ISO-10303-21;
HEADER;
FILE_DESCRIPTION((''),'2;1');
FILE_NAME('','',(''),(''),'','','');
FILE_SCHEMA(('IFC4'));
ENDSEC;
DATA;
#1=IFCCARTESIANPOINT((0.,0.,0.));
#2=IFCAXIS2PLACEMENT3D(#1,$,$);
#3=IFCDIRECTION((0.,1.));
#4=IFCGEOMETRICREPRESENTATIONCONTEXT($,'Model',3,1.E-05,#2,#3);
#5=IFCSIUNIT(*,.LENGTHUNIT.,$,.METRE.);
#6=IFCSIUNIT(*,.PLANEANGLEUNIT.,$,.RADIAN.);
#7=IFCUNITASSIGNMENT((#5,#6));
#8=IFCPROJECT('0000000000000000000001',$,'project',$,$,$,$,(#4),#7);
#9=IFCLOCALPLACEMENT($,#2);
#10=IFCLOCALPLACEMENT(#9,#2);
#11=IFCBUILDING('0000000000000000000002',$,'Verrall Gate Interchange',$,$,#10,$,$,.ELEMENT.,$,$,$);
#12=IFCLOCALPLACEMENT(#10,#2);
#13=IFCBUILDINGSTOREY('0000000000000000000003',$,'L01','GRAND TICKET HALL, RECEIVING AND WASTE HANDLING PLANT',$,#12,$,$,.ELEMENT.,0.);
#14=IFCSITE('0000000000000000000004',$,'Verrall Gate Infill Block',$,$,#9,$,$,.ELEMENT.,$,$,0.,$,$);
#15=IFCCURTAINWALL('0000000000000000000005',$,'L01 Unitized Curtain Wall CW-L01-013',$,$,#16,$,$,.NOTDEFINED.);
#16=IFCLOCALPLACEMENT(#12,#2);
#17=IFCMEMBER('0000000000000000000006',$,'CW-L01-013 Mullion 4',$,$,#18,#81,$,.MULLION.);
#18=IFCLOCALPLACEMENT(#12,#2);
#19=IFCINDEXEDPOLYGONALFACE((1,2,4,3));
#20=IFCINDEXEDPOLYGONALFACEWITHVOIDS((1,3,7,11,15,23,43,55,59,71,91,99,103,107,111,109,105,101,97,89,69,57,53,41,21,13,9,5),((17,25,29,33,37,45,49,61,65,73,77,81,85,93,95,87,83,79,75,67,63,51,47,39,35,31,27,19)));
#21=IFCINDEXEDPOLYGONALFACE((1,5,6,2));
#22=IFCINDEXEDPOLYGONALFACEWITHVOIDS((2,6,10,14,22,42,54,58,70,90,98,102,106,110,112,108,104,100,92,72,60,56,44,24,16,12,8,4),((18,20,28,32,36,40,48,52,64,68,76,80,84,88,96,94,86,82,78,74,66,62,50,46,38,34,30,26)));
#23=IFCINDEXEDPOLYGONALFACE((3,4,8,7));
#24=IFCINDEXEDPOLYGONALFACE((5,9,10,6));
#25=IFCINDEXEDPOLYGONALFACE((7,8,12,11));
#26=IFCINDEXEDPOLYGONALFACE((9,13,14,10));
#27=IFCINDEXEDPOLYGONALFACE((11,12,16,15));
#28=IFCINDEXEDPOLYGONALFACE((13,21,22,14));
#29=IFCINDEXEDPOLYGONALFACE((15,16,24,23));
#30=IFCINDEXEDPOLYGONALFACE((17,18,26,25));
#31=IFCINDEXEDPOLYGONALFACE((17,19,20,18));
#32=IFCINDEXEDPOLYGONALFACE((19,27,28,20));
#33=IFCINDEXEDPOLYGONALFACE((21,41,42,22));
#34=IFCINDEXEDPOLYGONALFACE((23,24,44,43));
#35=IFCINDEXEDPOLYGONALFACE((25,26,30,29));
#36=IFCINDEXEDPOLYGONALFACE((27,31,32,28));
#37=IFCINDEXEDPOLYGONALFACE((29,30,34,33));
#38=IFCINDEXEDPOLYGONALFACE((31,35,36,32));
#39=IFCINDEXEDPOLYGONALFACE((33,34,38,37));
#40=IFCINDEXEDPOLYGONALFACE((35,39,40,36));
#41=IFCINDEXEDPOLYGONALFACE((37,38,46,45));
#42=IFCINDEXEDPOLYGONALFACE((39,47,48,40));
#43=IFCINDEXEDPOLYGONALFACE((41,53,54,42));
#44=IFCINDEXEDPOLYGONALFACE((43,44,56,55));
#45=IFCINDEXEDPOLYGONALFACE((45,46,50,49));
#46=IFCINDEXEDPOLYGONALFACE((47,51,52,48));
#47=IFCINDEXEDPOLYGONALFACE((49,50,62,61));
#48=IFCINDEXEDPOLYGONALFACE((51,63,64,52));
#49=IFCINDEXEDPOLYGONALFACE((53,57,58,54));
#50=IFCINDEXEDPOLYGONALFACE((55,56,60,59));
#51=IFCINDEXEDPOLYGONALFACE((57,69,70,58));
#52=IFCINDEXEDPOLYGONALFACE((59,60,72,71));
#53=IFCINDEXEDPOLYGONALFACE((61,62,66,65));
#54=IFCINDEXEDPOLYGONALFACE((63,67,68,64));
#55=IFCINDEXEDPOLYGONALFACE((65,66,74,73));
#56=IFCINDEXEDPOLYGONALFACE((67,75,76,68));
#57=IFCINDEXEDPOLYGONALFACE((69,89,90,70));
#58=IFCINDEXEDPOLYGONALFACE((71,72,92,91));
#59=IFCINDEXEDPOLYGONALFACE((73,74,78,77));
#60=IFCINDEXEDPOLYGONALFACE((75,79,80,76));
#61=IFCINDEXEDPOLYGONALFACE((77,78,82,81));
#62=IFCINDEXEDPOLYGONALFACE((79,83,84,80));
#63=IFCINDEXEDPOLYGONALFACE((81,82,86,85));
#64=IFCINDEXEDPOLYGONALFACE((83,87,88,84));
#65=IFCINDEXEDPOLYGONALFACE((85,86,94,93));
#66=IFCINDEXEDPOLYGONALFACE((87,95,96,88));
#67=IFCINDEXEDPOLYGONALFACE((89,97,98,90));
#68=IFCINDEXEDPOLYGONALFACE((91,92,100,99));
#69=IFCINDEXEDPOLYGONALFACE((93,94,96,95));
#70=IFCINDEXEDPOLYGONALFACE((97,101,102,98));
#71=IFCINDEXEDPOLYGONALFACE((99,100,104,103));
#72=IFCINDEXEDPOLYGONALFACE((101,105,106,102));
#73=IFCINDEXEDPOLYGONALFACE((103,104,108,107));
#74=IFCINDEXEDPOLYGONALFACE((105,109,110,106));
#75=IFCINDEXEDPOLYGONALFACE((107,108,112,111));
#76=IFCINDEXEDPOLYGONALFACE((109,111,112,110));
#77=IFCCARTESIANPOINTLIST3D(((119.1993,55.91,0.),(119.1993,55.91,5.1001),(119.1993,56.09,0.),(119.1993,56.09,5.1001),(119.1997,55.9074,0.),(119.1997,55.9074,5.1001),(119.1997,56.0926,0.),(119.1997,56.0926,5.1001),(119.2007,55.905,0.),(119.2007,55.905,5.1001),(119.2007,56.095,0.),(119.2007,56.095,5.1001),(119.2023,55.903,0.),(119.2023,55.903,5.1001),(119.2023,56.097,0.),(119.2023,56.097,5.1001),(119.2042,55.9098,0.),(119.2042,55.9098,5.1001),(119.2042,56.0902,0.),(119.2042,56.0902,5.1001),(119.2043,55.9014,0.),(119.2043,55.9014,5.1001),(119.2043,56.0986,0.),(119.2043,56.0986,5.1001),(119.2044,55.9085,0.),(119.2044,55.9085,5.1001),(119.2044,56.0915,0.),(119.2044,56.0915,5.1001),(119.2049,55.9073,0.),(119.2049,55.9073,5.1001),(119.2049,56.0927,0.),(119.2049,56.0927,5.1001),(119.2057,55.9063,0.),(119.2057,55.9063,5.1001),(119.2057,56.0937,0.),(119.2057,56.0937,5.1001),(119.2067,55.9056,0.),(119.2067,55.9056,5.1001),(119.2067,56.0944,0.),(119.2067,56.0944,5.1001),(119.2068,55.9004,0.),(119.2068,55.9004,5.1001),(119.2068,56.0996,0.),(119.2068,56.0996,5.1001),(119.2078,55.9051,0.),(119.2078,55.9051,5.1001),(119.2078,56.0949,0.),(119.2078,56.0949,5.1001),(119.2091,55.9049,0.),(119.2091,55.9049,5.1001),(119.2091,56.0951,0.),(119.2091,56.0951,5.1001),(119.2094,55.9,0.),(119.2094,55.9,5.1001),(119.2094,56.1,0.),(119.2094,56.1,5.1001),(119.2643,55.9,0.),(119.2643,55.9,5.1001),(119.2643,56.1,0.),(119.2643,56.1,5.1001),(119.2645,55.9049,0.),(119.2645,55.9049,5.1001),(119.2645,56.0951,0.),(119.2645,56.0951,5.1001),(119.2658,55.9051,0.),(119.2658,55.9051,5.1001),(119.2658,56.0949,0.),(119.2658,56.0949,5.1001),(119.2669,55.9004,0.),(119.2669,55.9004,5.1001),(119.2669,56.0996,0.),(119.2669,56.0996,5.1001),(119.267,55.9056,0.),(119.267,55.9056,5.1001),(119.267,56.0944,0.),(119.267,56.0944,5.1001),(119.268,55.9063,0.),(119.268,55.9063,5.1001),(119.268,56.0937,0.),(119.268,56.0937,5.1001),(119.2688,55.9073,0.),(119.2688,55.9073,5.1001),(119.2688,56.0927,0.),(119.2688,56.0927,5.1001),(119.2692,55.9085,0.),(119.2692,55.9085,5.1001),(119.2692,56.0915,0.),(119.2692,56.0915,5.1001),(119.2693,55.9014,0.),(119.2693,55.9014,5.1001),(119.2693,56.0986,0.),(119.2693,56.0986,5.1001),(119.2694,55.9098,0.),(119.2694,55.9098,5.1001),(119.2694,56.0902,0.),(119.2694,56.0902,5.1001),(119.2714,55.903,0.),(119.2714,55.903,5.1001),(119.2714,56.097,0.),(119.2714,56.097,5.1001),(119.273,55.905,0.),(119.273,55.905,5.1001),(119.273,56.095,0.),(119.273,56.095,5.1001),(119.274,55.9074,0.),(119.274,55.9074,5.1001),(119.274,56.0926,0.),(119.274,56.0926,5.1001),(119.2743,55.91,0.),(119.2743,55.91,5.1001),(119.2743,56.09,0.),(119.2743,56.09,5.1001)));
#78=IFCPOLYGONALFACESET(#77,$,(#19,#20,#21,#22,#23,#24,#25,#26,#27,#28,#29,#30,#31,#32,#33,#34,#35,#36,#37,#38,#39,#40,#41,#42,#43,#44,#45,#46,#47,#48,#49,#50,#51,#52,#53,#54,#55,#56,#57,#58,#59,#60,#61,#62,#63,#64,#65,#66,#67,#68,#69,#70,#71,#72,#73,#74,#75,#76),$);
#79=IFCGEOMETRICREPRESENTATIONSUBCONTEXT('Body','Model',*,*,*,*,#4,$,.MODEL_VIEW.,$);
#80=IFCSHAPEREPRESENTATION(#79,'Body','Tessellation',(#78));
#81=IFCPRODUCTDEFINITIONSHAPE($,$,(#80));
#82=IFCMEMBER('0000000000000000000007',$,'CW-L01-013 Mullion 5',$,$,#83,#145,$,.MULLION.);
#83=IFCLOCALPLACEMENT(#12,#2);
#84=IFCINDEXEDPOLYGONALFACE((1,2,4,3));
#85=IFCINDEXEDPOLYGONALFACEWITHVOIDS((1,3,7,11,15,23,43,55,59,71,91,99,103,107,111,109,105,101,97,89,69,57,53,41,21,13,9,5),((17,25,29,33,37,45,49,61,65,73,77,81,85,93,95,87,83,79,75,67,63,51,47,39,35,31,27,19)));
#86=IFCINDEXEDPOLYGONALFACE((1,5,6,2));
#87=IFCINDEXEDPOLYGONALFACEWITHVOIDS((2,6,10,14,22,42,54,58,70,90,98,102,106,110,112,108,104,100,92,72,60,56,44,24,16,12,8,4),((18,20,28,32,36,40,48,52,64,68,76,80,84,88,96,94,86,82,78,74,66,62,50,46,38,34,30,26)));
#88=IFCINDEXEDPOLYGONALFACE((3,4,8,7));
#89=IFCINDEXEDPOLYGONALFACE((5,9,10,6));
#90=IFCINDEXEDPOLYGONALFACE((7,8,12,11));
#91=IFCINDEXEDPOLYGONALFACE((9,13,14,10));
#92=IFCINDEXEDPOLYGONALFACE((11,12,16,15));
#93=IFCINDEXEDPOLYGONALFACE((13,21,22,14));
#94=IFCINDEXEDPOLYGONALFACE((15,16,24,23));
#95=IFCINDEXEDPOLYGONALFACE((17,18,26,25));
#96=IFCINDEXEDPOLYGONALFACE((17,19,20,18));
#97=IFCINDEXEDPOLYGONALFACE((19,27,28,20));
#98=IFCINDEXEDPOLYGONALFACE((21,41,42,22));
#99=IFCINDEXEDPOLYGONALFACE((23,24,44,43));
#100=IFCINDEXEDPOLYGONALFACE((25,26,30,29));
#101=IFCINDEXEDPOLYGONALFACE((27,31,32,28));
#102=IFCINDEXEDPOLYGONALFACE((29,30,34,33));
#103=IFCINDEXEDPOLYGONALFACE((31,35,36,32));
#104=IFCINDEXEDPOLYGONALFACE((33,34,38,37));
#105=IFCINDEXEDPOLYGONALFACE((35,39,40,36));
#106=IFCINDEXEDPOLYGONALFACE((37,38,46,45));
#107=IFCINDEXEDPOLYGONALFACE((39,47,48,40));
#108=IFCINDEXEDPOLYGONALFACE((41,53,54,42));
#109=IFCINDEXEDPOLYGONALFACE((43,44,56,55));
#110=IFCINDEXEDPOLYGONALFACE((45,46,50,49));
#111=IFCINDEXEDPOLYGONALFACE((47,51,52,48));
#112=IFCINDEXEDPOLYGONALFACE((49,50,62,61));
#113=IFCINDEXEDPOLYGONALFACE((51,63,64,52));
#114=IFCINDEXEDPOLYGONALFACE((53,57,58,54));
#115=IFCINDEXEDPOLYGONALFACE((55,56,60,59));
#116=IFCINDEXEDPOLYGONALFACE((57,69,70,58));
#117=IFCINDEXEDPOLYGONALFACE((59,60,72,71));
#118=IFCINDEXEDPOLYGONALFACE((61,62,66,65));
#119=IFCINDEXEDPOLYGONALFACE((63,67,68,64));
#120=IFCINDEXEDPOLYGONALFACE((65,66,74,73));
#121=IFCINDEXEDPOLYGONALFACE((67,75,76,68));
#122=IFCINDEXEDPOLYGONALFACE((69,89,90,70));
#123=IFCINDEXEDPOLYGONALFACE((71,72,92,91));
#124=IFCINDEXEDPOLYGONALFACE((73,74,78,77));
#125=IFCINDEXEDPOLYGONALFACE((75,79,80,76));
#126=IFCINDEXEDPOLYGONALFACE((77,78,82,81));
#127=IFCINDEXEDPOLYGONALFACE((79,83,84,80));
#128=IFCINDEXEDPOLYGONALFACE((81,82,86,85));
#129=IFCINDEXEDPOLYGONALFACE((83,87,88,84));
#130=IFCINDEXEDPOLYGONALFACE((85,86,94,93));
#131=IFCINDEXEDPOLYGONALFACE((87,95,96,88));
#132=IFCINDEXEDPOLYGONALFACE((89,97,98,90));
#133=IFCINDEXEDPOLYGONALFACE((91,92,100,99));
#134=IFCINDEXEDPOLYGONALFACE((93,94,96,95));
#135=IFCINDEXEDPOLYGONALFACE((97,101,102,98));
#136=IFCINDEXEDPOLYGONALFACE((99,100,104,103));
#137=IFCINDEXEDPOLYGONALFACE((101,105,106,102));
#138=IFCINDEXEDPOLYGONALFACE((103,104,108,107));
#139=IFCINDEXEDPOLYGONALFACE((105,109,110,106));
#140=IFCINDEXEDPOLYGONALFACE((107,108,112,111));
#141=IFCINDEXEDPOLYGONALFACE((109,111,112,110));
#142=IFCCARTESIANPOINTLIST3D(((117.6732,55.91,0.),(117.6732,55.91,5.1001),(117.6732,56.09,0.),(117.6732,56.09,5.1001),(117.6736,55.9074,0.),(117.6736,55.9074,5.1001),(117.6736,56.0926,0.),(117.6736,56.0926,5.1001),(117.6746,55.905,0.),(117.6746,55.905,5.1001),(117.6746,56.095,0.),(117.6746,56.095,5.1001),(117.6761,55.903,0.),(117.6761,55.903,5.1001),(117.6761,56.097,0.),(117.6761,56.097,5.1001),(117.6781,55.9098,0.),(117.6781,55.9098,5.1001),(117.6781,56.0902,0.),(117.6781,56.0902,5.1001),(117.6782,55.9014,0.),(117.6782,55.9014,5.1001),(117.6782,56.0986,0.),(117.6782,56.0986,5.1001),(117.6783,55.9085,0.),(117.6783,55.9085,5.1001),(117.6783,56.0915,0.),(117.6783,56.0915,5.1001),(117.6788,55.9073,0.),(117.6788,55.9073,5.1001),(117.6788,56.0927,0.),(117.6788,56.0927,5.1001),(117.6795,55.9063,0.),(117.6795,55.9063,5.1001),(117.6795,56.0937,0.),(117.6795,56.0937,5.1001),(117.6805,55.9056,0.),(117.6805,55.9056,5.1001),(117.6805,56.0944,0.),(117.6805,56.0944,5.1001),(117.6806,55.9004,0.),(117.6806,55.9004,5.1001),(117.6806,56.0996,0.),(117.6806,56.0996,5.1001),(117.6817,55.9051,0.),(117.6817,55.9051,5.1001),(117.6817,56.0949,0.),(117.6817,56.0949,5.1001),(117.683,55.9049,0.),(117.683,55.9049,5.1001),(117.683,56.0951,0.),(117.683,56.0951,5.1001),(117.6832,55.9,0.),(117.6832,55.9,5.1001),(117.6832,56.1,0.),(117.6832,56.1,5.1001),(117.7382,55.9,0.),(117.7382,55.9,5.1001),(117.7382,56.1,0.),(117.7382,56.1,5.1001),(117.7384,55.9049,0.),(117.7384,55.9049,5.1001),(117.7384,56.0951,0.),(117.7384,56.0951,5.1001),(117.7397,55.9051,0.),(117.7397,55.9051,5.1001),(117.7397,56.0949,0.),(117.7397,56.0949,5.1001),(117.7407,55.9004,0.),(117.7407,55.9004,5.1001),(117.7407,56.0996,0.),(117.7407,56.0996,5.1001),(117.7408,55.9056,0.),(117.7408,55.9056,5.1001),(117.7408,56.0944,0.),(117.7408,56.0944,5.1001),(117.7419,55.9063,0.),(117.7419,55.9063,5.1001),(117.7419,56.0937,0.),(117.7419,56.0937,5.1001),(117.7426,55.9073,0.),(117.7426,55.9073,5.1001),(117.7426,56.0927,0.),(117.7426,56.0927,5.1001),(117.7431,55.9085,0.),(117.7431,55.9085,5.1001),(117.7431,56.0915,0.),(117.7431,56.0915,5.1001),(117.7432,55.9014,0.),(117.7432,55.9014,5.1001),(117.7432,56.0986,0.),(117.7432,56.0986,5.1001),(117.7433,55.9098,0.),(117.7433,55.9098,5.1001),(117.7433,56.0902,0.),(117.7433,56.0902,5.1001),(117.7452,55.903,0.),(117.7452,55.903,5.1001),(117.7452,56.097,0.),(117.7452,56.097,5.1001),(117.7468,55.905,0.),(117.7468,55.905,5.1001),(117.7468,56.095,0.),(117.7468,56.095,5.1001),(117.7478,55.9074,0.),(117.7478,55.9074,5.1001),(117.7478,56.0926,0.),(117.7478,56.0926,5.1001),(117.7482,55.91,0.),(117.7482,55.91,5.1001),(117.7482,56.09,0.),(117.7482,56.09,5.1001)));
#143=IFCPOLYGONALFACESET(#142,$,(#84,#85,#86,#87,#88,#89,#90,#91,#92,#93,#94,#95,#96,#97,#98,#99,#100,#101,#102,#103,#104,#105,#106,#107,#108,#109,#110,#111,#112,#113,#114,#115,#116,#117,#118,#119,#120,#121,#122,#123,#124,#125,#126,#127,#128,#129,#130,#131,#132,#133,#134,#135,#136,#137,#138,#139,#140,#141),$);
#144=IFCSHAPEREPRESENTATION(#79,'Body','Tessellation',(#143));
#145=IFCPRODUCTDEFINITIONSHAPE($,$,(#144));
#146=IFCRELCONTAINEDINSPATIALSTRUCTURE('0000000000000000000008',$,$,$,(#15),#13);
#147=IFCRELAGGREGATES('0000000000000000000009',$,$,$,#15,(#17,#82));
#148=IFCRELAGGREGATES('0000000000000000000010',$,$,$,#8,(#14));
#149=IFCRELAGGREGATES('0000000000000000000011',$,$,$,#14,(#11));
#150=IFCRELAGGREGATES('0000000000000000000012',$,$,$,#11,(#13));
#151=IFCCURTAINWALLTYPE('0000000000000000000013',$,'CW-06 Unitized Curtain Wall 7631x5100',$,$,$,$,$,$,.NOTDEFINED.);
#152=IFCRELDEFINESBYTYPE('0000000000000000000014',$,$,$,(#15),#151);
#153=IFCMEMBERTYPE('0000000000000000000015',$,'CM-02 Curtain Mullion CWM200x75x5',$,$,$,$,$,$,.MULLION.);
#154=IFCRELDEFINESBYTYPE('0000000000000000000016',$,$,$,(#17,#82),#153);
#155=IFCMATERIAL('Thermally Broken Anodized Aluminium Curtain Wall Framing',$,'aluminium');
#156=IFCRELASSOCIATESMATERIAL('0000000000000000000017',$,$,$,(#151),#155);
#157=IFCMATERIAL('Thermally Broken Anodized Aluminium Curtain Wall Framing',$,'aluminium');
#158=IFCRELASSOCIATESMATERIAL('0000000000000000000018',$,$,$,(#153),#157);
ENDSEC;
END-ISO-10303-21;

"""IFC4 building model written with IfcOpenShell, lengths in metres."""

from ifc_helpers import new_model, si_unit, direction, frame, origin, origin_2d, place, context, subcontext, project, spatial, hollow_rectangle, extrude, material, material_profile, profile_set, type_object, element, aggregate, save


model = new_model("IFC4")

# Units and contexts
model_context = context("Model", 3, precision=1e-05, world=origin(), true_north=direction((0.0, 1.0)))
body_context = subcontext(model_context, "Body", "Model", "MODEL_VIEW")
ifc_project = project(units=[si_unit("LENGTHUNIT", "METRE"), si_unit("PLANEANGLEUNIT", "RADIAN")], contexts=[model_context])

# Site, building, storey
site_placement = place(None, origin())
site = spatial("IfcSite", under=ifc_project, at=site_placement, Name="Verrall Gate Infill Block", CompositionType="ELEMENT", RefElevation=0.0)
building_placement = place(site_placement, origin())
building = spatial("IfcBuilding", under=site, at=building_placement, Name="Verrall Gate Interchange", CompositionType="ELEMENT")
storey_placement = place(building_placement, origin())
storey = spatial("IfcBuildingStorey", under=building, at=storey_placement, Name="L01", Description="GRAND TICKET HALL, RECEIVING AND WASTE HANDLING PLANT", CompositionType="ELEMENT", Elevation=0.0)

# Shared definitions
ifc_material_1 = material(Name="Thermally Broken Anodized Aluminium Curtain Wall Framing", Category="aluminium")
curtain_wall_type = type_object("IfcCurtainWallType", Name="CW-06 Unitized Curtain Wall 7631x5100", PredefinedType="NOTDEFINED", material=ifc_material_1)

# Curtain wall, members
curtain_wall_1_placement = place(storey_placement, origin())
curtain_wall_1 = element("IfcCurtainWall", 1, at=curtain_wall_1_placement, inside=storey, type_object=curtain_wall_type, Name="L01 Unitized Curtain Wall CW-L01-013", PredefinedType="NOTDEFINED")
ifc_material_2 = material(Name="Thermally Broken Anodized Aluminium Curtain Wall Framing", Category="aluminium")
ifc_material_profile_1 = material_profile(ifc_material_2, hollow_rectangle(XDim=0.075, YDim=0.2, WallThickness=0.0049, InnerFilletRadius=0.0049, OuterFilletRadius=0.01, at=origin_2d()), Name="CWM200x75x5")
ifc_profile_set_1 = profile_set([ifc_material_profile_1], Name="Thermally Broken Anodized Aluminium Curtain Wall Framing")
member_type_1 = type_object("IfcMemberType", Name="CM-02 Curtain Mullion CWM200x75x5", PredefinedType="MULLION", material=ifc_profile_set_1)
member_1_placement = place(storey_placement, frame((119.2368, 56.0, 0.0), z_axis=(0.0, 0.0, 1.0), x_axis=(-1.0, 0.0, 0.0)))
member_1 = element("IfcMember", 2, at=member_1_placement, type_object=member_type_1, Name="CW-L01-013 Mullion 4", PredefinedType="MULLION", context=body_context, shape_type="SweptSolid", body=[
    extrude(hollow_rectangle(XDim=0.075, YDim=0.2, WallThickness=0.0049, InnerFilletRadius=0.0049, OuterFilletRadius=0.01, at=origin_2d()), origin(), (0.0, 0.0, 1.0), 5.1001),
])
member_2_placement = place(storey_placement, frame((117.7107, 56.0, 0.0), z_axis=(0.0, 0.0, 1.0), x_axis=(-1.0, 0.0, 0.0)))
member_2 = element("IfcMember", 3, at=member_2_placement, type_object=member_type_1, Name="CW-L01-013 Mullion 5", PredefinedType="MULLION", context=body_context, shape_type="SweptSolid", body=[
    extrude(hollow_rectangle(XDim=0.075, YDim=0.2, WallThickness=0.0049, InnerFilletRadius=0.0049, OuterFilletRadius=0.01, at=origin_2d()), origin(), (0.0, 0.0, 1.0), 5.1001),
])

aggregate(curtain_wall_1, [member_1, member_2])

save(model, "model.ifc")
